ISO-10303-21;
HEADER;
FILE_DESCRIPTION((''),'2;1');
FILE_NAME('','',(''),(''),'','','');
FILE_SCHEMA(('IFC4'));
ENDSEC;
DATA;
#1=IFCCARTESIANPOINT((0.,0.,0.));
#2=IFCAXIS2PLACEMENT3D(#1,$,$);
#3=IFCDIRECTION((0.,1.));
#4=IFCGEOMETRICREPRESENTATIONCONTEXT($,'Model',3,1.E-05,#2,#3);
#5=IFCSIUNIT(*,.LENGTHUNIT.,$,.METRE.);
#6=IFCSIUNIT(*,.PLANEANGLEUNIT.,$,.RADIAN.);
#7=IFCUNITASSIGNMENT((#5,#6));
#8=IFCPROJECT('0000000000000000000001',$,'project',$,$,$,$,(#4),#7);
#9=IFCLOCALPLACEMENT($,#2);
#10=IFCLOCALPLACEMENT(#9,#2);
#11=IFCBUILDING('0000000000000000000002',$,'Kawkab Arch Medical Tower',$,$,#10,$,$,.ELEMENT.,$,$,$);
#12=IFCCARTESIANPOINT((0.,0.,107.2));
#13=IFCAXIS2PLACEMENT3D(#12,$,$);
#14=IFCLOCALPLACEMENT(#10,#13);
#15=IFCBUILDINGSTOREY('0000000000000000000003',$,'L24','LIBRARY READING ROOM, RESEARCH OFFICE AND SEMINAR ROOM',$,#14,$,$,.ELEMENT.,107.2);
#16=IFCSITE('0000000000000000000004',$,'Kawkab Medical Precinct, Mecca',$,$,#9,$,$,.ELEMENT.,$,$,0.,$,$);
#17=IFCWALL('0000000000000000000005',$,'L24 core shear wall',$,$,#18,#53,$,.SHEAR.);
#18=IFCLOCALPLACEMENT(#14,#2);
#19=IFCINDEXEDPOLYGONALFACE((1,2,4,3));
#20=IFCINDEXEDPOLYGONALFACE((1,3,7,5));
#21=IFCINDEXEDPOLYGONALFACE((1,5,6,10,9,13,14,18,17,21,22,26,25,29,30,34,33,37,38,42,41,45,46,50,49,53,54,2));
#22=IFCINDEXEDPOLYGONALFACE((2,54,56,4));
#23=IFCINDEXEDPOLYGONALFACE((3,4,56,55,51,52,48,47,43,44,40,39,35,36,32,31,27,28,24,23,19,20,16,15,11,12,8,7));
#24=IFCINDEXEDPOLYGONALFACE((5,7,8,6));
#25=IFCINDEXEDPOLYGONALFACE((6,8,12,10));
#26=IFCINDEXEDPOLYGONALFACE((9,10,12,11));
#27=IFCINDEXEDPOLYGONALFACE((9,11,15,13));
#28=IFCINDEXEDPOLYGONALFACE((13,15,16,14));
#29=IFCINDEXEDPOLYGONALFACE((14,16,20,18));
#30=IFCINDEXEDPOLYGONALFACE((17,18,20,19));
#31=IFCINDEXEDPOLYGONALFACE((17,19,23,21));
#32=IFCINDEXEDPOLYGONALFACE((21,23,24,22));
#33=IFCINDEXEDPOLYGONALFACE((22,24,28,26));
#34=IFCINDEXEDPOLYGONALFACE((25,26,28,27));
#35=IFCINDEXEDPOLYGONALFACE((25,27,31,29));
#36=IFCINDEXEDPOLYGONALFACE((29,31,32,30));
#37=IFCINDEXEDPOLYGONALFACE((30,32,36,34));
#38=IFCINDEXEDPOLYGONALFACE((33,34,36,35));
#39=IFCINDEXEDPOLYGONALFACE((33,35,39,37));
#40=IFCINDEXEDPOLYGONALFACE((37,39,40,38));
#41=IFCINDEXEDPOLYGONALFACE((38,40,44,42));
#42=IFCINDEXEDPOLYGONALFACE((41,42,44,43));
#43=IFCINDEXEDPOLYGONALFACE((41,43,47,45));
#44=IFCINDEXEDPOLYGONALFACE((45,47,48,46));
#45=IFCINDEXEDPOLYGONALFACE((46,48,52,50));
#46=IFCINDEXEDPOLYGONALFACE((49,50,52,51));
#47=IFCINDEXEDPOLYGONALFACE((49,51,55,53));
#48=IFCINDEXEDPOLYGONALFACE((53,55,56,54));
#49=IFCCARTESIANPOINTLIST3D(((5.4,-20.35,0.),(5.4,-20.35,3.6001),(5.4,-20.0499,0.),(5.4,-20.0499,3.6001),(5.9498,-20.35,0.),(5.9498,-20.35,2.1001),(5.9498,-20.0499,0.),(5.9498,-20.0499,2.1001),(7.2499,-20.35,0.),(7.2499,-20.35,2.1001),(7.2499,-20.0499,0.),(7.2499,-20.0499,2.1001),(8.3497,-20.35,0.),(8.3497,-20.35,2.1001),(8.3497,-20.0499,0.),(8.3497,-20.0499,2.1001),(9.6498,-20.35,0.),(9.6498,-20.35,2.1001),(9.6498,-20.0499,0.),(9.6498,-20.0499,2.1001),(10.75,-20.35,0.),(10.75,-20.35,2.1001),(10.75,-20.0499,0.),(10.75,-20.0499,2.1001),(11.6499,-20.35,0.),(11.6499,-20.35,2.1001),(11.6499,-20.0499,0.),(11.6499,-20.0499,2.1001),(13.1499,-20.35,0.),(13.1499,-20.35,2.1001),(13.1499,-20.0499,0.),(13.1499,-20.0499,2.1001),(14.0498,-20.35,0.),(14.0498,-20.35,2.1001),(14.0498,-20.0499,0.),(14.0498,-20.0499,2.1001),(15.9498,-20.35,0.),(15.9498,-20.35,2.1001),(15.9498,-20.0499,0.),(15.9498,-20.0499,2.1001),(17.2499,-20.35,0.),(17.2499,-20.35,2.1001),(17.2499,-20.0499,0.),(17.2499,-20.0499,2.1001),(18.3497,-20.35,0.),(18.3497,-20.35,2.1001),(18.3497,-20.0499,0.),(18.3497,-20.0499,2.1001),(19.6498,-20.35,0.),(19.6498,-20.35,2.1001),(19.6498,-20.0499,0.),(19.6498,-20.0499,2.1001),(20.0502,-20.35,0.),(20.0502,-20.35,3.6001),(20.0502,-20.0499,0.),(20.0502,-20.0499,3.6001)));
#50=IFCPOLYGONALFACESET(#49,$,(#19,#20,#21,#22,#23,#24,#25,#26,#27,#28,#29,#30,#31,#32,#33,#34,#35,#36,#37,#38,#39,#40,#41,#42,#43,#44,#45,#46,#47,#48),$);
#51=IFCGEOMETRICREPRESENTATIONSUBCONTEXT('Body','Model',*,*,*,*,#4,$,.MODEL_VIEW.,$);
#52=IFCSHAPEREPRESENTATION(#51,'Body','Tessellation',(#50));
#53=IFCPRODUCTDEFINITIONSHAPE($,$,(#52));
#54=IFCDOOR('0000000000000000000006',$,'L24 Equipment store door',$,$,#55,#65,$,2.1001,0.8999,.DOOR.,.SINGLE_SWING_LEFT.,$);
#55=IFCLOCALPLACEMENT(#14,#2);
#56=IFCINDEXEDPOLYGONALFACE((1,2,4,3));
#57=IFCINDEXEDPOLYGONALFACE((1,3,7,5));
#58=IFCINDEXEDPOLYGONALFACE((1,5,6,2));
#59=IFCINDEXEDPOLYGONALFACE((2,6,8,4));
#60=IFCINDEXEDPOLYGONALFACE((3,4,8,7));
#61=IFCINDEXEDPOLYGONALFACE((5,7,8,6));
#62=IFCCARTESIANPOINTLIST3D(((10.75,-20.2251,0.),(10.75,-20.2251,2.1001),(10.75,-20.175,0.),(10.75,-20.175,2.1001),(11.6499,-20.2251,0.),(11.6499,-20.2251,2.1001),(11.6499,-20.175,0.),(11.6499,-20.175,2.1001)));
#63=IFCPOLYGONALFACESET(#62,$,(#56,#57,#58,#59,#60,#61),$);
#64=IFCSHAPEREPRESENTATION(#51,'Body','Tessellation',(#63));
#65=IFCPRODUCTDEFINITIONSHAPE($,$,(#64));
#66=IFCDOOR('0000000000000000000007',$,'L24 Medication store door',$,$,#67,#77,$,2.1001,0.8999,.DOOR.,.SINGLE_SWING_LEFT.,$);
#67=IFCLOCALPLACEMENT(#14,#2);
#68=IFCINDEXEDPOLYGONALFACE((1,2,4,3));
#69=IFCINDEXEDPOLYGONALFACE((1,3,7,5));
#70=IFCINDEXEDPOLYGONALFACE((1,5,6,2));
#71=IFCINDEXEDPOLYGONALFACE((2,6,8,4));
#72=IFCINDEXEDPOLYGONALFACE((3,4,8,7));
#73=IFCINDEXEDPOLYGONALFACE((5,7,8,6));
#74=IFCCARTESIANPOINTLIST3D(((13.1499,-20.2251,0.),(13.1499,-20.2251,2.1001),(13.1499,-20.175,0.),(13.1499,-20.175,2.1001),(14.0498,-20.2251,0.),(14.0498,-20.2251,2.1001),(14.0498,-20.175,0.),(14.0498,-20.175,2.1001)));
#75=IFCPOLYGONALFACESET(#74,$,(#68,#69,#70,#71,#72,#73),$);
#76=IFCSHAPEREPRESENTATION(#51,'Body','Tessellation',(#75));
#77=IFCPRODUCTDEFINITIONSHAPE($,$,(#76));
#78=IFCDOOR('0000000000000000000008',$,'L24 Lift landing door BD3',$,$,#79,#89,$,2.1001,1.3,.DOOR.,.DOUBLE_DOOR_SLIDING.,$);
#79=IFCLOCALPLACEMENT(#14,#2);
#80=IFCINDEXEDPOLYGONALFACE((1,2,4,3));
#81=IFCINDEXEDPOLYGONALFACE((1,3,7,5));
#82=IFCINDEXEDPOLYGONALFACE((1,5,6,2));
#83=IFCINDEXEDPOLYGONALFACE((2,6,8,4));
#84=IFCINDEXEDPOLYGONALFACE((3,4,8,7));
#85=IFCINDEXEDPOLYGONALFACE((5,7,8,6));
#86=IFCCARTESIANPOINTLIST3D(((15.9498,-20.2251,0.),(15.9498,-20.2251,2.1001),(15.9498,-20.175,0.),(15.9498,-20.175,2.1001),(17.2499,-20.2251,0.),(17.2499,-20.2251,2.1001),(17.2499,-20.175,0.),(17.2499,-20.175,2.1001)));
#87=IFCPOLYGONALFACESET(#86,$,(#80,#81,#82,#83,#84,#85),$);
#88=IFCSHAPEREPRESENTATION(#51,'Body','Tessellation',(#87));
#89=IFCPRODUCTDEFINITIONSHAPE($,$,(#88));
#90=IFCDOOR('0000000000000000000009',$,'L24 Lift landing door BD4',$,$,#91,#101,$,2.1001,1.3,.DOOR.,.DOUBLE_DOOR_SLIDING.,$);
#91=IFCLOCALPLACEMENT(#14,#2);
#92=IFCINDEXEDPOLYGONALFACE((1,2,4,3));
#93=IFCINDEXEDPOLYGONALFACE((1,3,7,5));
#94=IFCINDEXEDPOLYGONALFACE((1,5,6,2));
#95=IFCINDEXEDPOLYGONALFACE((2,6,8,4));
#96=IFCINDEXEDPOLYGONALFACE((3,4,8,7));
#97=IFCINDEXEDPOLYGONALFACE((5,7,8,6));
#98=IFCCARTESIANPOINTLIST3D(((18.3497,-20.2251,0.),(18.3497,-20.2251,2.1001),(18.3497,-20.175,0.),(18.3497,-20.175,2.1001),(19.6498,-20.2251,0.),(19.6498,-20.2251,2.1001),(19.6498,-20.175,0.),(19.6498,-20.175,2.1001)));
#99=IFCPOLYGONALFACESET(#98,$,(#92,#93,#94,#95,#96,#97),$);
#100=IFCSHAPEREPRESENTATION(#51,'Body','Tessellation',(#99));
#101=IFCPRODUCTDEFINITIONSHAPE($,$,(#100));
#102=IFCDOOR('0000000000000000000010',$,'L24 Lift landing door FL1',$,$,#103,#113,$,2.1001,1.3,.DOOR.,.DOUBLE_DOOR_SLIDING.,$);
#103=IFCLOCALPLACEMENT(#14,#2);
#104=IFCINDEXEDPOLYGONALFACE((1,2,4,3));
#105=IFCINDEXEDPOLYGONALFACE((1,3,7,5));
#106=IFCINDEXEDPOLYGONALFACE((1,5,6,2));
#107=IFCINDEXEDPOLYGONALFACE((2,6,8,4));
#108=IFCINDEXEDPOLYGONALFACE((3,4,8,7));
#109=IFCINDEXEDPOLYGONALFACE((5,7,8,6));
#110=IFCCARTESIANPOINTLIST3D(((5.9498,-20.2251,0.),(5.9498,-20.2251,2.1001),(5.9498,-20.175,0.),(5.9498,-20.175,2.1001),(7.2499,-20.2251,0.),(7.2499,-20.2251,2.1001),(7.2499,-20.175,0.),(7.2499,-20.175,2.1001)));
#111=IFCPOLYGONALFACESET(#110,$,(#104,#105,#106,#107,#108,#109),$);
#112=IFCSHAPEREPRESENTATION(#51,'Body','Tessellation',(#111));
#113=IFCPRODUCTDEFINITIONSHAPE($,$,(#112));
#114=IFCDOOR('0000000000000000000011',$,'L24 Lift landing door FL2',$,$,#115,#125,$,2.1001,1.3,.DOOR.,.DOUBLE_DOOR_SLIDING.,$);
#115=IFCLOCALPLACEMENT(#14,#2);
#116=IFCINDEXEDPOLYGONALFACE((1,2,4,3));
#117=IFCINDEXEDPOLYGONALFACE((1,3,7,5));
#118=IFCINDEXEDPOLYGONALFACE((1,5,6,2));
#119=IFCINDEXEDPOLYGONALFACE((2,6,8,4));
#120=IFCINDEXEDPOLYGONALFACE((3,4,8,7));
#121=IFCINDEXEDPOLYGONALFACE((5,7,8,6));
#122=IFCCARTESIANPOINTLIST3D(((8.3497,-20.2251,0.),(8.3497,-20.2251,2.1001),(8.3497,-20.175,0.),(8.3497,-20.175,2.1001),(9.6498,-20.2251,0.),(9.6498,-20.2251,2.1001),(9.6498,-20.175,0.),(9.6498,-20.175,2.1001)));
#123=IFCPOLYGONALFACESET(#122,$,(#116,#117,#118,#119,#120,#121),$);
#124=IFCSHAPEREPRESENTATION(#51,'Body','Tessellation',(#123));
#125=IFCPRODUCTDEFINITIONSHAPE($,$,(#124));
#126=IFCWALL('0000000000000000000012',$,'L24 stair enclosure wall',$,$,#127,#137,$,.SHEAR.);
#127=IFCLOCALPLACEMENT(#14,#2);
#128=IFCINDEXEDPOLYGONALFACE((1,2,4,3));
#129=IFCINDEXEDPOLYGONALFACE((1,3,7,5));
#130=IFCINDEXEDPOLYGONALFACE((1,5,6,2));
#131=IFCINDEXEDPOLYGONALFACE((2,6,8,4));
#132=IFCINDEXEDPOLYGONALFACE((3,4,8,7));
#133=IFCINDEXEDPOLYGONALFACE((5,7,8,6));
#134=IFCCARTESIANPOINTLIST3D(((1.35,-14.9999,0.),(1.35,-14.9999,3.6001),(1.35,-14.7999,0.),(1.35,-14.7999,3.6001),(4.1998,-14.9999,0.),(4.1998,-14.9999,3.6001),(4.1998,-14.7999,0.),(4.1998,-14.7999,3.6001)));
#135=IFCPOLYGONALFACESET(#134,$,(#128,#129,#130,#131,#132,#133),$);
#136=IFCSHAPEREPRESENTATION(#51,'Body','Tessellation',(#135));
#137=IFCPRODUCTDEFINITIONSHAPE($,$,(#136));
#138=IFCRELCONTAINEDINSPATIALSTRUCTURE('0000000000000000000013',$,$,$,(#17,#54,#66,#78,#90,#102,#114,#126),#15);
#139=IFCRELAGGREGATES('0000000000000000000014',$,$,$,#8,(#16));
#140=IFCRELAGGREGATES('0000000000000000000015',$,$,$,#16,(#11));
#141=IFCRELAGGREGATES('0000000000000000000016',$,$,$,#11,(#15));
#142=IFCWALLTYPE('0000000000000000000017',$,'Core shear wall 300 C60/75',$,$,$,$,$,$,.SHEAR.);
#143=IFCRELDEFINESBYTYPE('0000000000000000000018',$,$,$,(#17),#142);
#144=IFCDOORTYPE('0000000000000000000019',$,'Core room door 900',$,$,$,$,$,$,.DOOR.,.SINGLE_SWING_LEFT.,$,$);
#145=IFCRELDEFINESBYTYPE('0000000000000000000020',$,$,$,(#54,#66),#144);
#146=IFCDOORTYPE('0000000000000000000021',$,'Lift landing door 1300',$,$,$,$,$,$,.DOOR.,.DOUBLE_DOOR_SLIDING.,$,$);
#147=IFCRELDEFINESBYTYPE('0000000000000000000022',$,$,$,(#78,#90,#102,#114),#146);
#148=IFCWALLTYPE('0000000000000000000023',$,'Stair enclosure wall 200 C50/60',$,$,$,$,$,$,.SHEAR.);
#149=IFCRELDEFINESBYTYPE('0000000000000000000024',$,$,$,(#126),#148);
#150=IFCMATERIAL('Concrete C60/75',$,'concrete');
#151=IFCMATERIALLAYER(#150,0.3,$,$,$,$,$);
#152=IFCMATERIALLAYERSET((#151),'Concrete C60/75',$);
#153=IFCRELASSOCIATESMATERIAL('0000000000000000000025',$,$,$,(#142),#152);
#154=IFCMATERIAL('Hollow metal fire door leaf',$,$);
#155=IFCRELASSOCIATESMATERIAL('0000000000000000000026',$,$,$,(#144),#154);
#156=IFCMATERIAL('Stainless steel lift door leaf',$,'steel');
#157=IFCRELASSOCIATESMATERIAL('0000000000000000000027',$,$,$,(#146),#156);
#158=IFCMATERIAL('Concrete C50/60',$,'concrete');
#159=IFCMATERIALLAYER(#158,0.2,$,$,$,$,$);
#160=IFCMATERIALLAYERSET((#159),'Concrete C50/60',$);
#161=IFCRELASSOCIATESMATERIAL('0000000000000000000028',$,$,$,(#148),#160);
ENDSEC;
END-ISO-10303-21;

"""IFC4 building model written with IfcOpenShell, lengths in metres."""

from ifc_helpers import new_model, si_unit, direction, frame, frame_2d, origin, place, context, subcontext, project, spatial, rectangle, extrude, material, layer, layer_set, type_object, element, fill, save


model = new_model("IFC4")

# Units and contexts
model_context = context("Model", 3, precision=1e-05, world=origin(), true_north=direction((0.0, 1.0)))
body_context = subcontext(model_context, "Body", "Model", "MODEL_VIEW")
ifc_project = project(units=[si_unit("LENGTHUNIT", "METRE"), si_unit("PLANEANGLEUNIT", "RADIAN")], contexts=[model_context])

# Site, building, storey
site_placement = place(None, origin())
site = spatial("IfcSite", under=ifc_project, at=site_placement, Name="Kawkab Medical Precinct, Mecca", CompositionType="ELEMENT", RefElevation=0.0)
building_placement = place(site_placement, origin())
building = spatial("IfcBuilding", under=site, at=building_placement, Name="Kawkab Arch Medical Tower", CompositionType="ELEMENT")
storey_placement = place(building_placement, frame((0.0, 0.0, 107.2)))
storey = spatial("IfcBuildingStorey", under=building, at=storey_placement, Name="L24", Description="LIBRARY READING ROOM, RESEARCH OFFICE AND SEMINAR ROOM", CompositionType="ELEMENT", Elevation=107.2)

# Shared definitions
ifc_material_1 = material(Name="Concrete C60/75", Category="concrete")
ifc_layer_1 = layer(ifc_material_1, 0.3)
ifc_layer_set_1 = layer_set([ifc_layer_1], Name="Concrete C60/75")
wall_type_1 = type_object("IfcWallType", Name="Core shear wall 300 C60/75", PredefinedType="SHEAR", material=ifc_layer_set_1)

# Wall, openings, doors
wall_1_placement = place(storey_placement, frame((5.3999, -20.2, 0.0), z_axis=(0.0, 0.0, 1.0), x_axis=(1.0, 0.0, 0.0)))
wall_1 = element("IfcWall", 1, at=wall_1_placement, inside=storey, type_object=wall_type_1, Name="L24 core shear wall", PredefinedType="SHEAR", context=body_context, shape_type="SweptSolid", body=[
    extrude(rectangle(XDim=14.6501, YDim=0.3, at=frame_2d((7.3252, 0.0))), origin(), (0.0, 0.0, 1.0), 3.6001),
])
opening_1_placement = place(wall_1_placement, frame((10.55, 0.0, 0.0)))
opening_1 = element("IfcOpeningElement", 2, at=opening_1_placement, cuts=wall_1, PredefinedType="OPENING", context=body_context, shape_type="SweptSolid", body=[
    extrude(rectangle(XDim=1.3, YDim=2.1001, at=frame_2d((0.6499, 1.05))), frame((0.0, 0.1599, 0.0), z_axis=(0.0, -1.0, 0.0), x_axis=(1.0, 0.0, 0.0)), (0.0, 0.0, 1.0), 0.3201),
])
opening_2_placement = place(wall_1_placement, frame((12.95, 0.0, 0.0)))
opening_2 = element("IfcOpeningElement", 3, at=opening_2_placement, cuts=wall_1, PredefinedType="OPENING", context=body_context, shape_type="SweptSolid", body=[
    extrude(rectangle(XDim=1.3, YDim=2.1001, at=frame_2d((0.6499, 1.05))), frame((0.0, 0.1599, 0.0), z_axis=(0.0, -1.0, 0.0), x_axis=(1.0, 0.0, 0.0)), (0.0, 0.0, 1.0), 0.3201),
])
opening_3_placement = place(wall_1_placement, frame((0.55, 0.0, 0.0)))
opening_3 = element("IfcOpeningElement", 4, at=opening_3_placement, cuts=wall_1, PredefinedType="OPENING", context=body_context, shape_type="SweptSolid", body=[
    extrude(rectangle(XDim=1.3, YDim=2.1001, at=frame_2d((0.6499, 1.05))), frame((0.0, 0.1599, 0.0), z_axis=(0.0, -1.0, 0.0), x_axis=(1.0, 0.0, 0.0)), (0.0, 0.0, 1.0), 0.3201),
])
opening_4_placement = place(wall_1_placement, frame((2.95, 0.0, 0.0)))
opening_4 = element("IfcOpeningElement", 5, at=opening_4_placement, cuts=wall_1, PredefinedType="OPENING", context=body_context, shape_type="SweptSolid", body=[
    extrude(rectangle(XDim=1.3, YDim=2.1001, at=frame_2d((0.6499, 1.05))), frame((0.0, 0.1599, 0.0), z_axis=(0.0, -1.0, 0.0), x_axis=(1.0, 0.0, 0.0)), (0.0, 0.0, 1.0), 0.3201),
])
opening_5_placement = place(wall_1_placement, frame((5.3501, 0.0, 0.0)))
opening_5 = element("IfcOpeningElement", 6, at=opening_5_placement, cuts=wall_1, PredefinedType="OPENING", context=body_context, shape_type="SweptSolid", body=[
    extrude(rectangle(XDim=0.8999, YDim=2.1001, at=frame_2d((0.45, 1.05))), frame((0.0, 0.1599, 0.0), z_axis=(0.0, -1.0, 0.0), x_axis=(1.0, 0.0, 0.0)), (0.0, 0.0, 1.0), 0.3201),
])
opening_6_placement = place(wall_1_placement, frame((7.75, 0.0, 0.0)))
opening_6 = element("IfcOpeningElement", 7, at=opening_6_placement, cuts=wall_1, PredefinedType="OPENING", context=body_context, shape_type="SweptSolid", body=[
    extrude(rectangle(XDim=0.8999, YDim=2.1001, at=frame_2d((0.45, 1.05))), frame((0.0, 0.1599, 0.0), z_axis=(0.0, -1.0, 0.0), x_axis=(1.0, 0.0, 0.0)), (0.0, 0.0, 1.0), 0.3201),
])
ifc_material_2 = material(Name="Hollow metal fire door leaf")
door_type_1 = type_object("IfcDoorType", Name="Core room door 900", OperationType="SINGLE_SWING_LEFT", PredefinedType="DOOR", material=ifc_material_2)
door_1_placement = place(opening_5_placement, origin())
door_1 = element("IfcDoor", 8, at=door_1_placement, inside=storey, type_object=door_type_1, Name="L24 Equipment store door", OperationType="SINGLE_SWING_LEFT", OverallHeight=2.1001, OverallWidth=0.8999, PredefinedType="DOOR", context=body_context, shape_type="SweptSolid", body=[
    extrude(rectangle(XDim=0.8999, YDim=2.1001, at=frame_2d((0.45, 1.05))), frame((0.0, 0.0249, 0.0), z_axis=(0.0, -1.0, 0.0), x_axis=(1.0, 0.0, 0.0)), (0.0, 0.0, 1.0), 0.05),
])
fill(opening_5, door_1)
door_2_placement = place(opening_6_placement, origin())
door_2 = element("IfcDoor", 9, at=door_2_placement, inside=storey, type_object=door_type_1, Name="L24 Medication store door", OperationType="SINGLE_SWING_LEFT", OverallHeight=2.1001, OverallWidth=0.8999, PredefinedType="DOOR", context=body_context, shape_type="SweptSolid", body=[
    extrude(rectangle(XDim=0.8999, YDim=2.1001, at=frame_2d((0.45, 1.05))), frame((0.0, 0.0249, 0.0), z_axis=(0.0, -1.0, 0.0), x_axis=(1.0, 0.0, 0.0)), (0.0, 0.0, 1.0), 0.05),
])
fill(opening_6, door_2)
ifc_material_3 = material(Name="Stainless steel lift door leaf", Category="steel")
door_type_2 = type_object("IfcDoorType", Name="Lift landing door 1300", OperationType="DOUBLE_DOOR_SLIDING", PredefinedType="DOOR", material=ifc_material_3)
door_3_placement = place(opening_1_placement, origin())
door_3 = element("IfcDoor", 10, at=door_3_placement, inside=storey, type_object=door_type_2, Name="L24 Lift landing door BD3", OperationType="DOUBLE_DOOR_SLIDING", OverallHeight=2.1001, OverallWidth=1.3, PredefinedType="DOOR", context=body_context, shape_type="SweptSolid", body=[
    extrude(rectangle(XDim=1.3, YDim=2.1001, at=frame_2d((0.6499, 1.05))), frame((0.0, 0.0249, 0.0), z_axis=(0.0, -1.0, 0.0), x_axis=(1.0, 0.0, 0.0)), (0.0, 0.0, 1.0), 0.05),
])
fill(opening_1, door_3)
door_4_placement = place(opening_2_placement, origin())
door_4 = element("IfcDoor", 11, at=door_4_placement, inside=storey, type_object=door_type_2, Name="L24 Lift landing door BD4", OperationType="DOUBLE_DOOR_SLIDING", OverallHeight=2.1001, OverallWidth=1.3, PredefinedType="DOOR", context=body_context, shape_type="SweptSolid", body=[
    extrude(rectangle(XDim=1.3, YDim=2.1001, at=frame_2d((0.6499, 1.05))), frame((0.0, 0.0249, 0.0), z_axis=(0.0, -1.0, 0.0), x_axis=(1.0, 0.0, 0.0)), (0.0, 0.0, 1.0), 0.05),
])
fill(opening_2, door_4)
door_5_placement = place(opening_3_placement, origin())
door_5 = element("IfcDoor", 12, at=door_5_placement, inside=storey, type_object=door_type_2, Name="L24 Lift landing door FL1", OperationType="DOUBLE_DOOR_SLIDING", OverallHeight=2.1001, OverallWidth=1.3, PredefinedType="DOOR", context=body_context, shape_type="SweptSolid", body=[
    extrude(rectangle(XDim=1.3, YDim=2.1001, at=frame_2d((0.6499, 1.05))), frame((0.0, 0.0249, 0.0), z_axis=(0.0, -1.0, 0.0), x_axis=(1.0, 0.0, 0.0)), (0.0, 0.0, 1.0), 0.05),
])
fill(opening_3, door_5)
door_6_placement = place(opening_4_placement, origin())
door_6 = element("IfcDoor", 13, at=door_6_placement, inside=storey, type_object=door_type_2, Name="L24 Lift landing door FL2", OperationType="DOUBLE_DOOR_SLIDING", OverallHeight=2.1001, OverallWidth=1.3, PredefinedType="DOOR", context=body_context, shape_type="SweptSolid", body=[
    extrude(rectangle(XDim=1.3, YDim=2.1001, at=frame_2d((0.6499, 1.05))), frame((0.0, 0.0249, 0.0), z_axis=(0.0, -1.0, 0.0), x_axis=(1.0, 0.0, 0.0)), (0.0, 0.0, 1.0), 0.05),
])
fill(opening_4, door_6)

# Wall
ifc_material_4 = material(Name="Concrete C50/60", Category="concrete")
ifc_layer_2 = layer(ifc_material_4, 0.2)
ifc_layer_set_2 = layer_set([ifc_layer_2], Name="Concrete C50/60")
wall_type_2 = type_object("IfcWallType", Name="Stair enclosure wall 200 C50/60", PredefinedType="SHEAR", material=ifc_layer_set_2)
wall_2_placement = place(storey_placement, frame((1.3501, -14.8999, 0.0), z_axis=(0.0, 0.0, 1.0), x_axis=(1.0, 0.0, 0.0)))
element("IfcWall", 14, at=wall_2_placement, inside=storey, type_object=wall_type_2, Name="L24 stair enclosure wall", PredefinedType="SHEAR", context=body_context, shape_type="SweptSolid", body=[
    extrude(rectangle(XDim=2.8499, YDim=0.2, at=frame_2d((1.4248, 0.0))), origin(), (0.0, 0.0, 1.0), 3.6001),
])

save(model, "model.ifc")
